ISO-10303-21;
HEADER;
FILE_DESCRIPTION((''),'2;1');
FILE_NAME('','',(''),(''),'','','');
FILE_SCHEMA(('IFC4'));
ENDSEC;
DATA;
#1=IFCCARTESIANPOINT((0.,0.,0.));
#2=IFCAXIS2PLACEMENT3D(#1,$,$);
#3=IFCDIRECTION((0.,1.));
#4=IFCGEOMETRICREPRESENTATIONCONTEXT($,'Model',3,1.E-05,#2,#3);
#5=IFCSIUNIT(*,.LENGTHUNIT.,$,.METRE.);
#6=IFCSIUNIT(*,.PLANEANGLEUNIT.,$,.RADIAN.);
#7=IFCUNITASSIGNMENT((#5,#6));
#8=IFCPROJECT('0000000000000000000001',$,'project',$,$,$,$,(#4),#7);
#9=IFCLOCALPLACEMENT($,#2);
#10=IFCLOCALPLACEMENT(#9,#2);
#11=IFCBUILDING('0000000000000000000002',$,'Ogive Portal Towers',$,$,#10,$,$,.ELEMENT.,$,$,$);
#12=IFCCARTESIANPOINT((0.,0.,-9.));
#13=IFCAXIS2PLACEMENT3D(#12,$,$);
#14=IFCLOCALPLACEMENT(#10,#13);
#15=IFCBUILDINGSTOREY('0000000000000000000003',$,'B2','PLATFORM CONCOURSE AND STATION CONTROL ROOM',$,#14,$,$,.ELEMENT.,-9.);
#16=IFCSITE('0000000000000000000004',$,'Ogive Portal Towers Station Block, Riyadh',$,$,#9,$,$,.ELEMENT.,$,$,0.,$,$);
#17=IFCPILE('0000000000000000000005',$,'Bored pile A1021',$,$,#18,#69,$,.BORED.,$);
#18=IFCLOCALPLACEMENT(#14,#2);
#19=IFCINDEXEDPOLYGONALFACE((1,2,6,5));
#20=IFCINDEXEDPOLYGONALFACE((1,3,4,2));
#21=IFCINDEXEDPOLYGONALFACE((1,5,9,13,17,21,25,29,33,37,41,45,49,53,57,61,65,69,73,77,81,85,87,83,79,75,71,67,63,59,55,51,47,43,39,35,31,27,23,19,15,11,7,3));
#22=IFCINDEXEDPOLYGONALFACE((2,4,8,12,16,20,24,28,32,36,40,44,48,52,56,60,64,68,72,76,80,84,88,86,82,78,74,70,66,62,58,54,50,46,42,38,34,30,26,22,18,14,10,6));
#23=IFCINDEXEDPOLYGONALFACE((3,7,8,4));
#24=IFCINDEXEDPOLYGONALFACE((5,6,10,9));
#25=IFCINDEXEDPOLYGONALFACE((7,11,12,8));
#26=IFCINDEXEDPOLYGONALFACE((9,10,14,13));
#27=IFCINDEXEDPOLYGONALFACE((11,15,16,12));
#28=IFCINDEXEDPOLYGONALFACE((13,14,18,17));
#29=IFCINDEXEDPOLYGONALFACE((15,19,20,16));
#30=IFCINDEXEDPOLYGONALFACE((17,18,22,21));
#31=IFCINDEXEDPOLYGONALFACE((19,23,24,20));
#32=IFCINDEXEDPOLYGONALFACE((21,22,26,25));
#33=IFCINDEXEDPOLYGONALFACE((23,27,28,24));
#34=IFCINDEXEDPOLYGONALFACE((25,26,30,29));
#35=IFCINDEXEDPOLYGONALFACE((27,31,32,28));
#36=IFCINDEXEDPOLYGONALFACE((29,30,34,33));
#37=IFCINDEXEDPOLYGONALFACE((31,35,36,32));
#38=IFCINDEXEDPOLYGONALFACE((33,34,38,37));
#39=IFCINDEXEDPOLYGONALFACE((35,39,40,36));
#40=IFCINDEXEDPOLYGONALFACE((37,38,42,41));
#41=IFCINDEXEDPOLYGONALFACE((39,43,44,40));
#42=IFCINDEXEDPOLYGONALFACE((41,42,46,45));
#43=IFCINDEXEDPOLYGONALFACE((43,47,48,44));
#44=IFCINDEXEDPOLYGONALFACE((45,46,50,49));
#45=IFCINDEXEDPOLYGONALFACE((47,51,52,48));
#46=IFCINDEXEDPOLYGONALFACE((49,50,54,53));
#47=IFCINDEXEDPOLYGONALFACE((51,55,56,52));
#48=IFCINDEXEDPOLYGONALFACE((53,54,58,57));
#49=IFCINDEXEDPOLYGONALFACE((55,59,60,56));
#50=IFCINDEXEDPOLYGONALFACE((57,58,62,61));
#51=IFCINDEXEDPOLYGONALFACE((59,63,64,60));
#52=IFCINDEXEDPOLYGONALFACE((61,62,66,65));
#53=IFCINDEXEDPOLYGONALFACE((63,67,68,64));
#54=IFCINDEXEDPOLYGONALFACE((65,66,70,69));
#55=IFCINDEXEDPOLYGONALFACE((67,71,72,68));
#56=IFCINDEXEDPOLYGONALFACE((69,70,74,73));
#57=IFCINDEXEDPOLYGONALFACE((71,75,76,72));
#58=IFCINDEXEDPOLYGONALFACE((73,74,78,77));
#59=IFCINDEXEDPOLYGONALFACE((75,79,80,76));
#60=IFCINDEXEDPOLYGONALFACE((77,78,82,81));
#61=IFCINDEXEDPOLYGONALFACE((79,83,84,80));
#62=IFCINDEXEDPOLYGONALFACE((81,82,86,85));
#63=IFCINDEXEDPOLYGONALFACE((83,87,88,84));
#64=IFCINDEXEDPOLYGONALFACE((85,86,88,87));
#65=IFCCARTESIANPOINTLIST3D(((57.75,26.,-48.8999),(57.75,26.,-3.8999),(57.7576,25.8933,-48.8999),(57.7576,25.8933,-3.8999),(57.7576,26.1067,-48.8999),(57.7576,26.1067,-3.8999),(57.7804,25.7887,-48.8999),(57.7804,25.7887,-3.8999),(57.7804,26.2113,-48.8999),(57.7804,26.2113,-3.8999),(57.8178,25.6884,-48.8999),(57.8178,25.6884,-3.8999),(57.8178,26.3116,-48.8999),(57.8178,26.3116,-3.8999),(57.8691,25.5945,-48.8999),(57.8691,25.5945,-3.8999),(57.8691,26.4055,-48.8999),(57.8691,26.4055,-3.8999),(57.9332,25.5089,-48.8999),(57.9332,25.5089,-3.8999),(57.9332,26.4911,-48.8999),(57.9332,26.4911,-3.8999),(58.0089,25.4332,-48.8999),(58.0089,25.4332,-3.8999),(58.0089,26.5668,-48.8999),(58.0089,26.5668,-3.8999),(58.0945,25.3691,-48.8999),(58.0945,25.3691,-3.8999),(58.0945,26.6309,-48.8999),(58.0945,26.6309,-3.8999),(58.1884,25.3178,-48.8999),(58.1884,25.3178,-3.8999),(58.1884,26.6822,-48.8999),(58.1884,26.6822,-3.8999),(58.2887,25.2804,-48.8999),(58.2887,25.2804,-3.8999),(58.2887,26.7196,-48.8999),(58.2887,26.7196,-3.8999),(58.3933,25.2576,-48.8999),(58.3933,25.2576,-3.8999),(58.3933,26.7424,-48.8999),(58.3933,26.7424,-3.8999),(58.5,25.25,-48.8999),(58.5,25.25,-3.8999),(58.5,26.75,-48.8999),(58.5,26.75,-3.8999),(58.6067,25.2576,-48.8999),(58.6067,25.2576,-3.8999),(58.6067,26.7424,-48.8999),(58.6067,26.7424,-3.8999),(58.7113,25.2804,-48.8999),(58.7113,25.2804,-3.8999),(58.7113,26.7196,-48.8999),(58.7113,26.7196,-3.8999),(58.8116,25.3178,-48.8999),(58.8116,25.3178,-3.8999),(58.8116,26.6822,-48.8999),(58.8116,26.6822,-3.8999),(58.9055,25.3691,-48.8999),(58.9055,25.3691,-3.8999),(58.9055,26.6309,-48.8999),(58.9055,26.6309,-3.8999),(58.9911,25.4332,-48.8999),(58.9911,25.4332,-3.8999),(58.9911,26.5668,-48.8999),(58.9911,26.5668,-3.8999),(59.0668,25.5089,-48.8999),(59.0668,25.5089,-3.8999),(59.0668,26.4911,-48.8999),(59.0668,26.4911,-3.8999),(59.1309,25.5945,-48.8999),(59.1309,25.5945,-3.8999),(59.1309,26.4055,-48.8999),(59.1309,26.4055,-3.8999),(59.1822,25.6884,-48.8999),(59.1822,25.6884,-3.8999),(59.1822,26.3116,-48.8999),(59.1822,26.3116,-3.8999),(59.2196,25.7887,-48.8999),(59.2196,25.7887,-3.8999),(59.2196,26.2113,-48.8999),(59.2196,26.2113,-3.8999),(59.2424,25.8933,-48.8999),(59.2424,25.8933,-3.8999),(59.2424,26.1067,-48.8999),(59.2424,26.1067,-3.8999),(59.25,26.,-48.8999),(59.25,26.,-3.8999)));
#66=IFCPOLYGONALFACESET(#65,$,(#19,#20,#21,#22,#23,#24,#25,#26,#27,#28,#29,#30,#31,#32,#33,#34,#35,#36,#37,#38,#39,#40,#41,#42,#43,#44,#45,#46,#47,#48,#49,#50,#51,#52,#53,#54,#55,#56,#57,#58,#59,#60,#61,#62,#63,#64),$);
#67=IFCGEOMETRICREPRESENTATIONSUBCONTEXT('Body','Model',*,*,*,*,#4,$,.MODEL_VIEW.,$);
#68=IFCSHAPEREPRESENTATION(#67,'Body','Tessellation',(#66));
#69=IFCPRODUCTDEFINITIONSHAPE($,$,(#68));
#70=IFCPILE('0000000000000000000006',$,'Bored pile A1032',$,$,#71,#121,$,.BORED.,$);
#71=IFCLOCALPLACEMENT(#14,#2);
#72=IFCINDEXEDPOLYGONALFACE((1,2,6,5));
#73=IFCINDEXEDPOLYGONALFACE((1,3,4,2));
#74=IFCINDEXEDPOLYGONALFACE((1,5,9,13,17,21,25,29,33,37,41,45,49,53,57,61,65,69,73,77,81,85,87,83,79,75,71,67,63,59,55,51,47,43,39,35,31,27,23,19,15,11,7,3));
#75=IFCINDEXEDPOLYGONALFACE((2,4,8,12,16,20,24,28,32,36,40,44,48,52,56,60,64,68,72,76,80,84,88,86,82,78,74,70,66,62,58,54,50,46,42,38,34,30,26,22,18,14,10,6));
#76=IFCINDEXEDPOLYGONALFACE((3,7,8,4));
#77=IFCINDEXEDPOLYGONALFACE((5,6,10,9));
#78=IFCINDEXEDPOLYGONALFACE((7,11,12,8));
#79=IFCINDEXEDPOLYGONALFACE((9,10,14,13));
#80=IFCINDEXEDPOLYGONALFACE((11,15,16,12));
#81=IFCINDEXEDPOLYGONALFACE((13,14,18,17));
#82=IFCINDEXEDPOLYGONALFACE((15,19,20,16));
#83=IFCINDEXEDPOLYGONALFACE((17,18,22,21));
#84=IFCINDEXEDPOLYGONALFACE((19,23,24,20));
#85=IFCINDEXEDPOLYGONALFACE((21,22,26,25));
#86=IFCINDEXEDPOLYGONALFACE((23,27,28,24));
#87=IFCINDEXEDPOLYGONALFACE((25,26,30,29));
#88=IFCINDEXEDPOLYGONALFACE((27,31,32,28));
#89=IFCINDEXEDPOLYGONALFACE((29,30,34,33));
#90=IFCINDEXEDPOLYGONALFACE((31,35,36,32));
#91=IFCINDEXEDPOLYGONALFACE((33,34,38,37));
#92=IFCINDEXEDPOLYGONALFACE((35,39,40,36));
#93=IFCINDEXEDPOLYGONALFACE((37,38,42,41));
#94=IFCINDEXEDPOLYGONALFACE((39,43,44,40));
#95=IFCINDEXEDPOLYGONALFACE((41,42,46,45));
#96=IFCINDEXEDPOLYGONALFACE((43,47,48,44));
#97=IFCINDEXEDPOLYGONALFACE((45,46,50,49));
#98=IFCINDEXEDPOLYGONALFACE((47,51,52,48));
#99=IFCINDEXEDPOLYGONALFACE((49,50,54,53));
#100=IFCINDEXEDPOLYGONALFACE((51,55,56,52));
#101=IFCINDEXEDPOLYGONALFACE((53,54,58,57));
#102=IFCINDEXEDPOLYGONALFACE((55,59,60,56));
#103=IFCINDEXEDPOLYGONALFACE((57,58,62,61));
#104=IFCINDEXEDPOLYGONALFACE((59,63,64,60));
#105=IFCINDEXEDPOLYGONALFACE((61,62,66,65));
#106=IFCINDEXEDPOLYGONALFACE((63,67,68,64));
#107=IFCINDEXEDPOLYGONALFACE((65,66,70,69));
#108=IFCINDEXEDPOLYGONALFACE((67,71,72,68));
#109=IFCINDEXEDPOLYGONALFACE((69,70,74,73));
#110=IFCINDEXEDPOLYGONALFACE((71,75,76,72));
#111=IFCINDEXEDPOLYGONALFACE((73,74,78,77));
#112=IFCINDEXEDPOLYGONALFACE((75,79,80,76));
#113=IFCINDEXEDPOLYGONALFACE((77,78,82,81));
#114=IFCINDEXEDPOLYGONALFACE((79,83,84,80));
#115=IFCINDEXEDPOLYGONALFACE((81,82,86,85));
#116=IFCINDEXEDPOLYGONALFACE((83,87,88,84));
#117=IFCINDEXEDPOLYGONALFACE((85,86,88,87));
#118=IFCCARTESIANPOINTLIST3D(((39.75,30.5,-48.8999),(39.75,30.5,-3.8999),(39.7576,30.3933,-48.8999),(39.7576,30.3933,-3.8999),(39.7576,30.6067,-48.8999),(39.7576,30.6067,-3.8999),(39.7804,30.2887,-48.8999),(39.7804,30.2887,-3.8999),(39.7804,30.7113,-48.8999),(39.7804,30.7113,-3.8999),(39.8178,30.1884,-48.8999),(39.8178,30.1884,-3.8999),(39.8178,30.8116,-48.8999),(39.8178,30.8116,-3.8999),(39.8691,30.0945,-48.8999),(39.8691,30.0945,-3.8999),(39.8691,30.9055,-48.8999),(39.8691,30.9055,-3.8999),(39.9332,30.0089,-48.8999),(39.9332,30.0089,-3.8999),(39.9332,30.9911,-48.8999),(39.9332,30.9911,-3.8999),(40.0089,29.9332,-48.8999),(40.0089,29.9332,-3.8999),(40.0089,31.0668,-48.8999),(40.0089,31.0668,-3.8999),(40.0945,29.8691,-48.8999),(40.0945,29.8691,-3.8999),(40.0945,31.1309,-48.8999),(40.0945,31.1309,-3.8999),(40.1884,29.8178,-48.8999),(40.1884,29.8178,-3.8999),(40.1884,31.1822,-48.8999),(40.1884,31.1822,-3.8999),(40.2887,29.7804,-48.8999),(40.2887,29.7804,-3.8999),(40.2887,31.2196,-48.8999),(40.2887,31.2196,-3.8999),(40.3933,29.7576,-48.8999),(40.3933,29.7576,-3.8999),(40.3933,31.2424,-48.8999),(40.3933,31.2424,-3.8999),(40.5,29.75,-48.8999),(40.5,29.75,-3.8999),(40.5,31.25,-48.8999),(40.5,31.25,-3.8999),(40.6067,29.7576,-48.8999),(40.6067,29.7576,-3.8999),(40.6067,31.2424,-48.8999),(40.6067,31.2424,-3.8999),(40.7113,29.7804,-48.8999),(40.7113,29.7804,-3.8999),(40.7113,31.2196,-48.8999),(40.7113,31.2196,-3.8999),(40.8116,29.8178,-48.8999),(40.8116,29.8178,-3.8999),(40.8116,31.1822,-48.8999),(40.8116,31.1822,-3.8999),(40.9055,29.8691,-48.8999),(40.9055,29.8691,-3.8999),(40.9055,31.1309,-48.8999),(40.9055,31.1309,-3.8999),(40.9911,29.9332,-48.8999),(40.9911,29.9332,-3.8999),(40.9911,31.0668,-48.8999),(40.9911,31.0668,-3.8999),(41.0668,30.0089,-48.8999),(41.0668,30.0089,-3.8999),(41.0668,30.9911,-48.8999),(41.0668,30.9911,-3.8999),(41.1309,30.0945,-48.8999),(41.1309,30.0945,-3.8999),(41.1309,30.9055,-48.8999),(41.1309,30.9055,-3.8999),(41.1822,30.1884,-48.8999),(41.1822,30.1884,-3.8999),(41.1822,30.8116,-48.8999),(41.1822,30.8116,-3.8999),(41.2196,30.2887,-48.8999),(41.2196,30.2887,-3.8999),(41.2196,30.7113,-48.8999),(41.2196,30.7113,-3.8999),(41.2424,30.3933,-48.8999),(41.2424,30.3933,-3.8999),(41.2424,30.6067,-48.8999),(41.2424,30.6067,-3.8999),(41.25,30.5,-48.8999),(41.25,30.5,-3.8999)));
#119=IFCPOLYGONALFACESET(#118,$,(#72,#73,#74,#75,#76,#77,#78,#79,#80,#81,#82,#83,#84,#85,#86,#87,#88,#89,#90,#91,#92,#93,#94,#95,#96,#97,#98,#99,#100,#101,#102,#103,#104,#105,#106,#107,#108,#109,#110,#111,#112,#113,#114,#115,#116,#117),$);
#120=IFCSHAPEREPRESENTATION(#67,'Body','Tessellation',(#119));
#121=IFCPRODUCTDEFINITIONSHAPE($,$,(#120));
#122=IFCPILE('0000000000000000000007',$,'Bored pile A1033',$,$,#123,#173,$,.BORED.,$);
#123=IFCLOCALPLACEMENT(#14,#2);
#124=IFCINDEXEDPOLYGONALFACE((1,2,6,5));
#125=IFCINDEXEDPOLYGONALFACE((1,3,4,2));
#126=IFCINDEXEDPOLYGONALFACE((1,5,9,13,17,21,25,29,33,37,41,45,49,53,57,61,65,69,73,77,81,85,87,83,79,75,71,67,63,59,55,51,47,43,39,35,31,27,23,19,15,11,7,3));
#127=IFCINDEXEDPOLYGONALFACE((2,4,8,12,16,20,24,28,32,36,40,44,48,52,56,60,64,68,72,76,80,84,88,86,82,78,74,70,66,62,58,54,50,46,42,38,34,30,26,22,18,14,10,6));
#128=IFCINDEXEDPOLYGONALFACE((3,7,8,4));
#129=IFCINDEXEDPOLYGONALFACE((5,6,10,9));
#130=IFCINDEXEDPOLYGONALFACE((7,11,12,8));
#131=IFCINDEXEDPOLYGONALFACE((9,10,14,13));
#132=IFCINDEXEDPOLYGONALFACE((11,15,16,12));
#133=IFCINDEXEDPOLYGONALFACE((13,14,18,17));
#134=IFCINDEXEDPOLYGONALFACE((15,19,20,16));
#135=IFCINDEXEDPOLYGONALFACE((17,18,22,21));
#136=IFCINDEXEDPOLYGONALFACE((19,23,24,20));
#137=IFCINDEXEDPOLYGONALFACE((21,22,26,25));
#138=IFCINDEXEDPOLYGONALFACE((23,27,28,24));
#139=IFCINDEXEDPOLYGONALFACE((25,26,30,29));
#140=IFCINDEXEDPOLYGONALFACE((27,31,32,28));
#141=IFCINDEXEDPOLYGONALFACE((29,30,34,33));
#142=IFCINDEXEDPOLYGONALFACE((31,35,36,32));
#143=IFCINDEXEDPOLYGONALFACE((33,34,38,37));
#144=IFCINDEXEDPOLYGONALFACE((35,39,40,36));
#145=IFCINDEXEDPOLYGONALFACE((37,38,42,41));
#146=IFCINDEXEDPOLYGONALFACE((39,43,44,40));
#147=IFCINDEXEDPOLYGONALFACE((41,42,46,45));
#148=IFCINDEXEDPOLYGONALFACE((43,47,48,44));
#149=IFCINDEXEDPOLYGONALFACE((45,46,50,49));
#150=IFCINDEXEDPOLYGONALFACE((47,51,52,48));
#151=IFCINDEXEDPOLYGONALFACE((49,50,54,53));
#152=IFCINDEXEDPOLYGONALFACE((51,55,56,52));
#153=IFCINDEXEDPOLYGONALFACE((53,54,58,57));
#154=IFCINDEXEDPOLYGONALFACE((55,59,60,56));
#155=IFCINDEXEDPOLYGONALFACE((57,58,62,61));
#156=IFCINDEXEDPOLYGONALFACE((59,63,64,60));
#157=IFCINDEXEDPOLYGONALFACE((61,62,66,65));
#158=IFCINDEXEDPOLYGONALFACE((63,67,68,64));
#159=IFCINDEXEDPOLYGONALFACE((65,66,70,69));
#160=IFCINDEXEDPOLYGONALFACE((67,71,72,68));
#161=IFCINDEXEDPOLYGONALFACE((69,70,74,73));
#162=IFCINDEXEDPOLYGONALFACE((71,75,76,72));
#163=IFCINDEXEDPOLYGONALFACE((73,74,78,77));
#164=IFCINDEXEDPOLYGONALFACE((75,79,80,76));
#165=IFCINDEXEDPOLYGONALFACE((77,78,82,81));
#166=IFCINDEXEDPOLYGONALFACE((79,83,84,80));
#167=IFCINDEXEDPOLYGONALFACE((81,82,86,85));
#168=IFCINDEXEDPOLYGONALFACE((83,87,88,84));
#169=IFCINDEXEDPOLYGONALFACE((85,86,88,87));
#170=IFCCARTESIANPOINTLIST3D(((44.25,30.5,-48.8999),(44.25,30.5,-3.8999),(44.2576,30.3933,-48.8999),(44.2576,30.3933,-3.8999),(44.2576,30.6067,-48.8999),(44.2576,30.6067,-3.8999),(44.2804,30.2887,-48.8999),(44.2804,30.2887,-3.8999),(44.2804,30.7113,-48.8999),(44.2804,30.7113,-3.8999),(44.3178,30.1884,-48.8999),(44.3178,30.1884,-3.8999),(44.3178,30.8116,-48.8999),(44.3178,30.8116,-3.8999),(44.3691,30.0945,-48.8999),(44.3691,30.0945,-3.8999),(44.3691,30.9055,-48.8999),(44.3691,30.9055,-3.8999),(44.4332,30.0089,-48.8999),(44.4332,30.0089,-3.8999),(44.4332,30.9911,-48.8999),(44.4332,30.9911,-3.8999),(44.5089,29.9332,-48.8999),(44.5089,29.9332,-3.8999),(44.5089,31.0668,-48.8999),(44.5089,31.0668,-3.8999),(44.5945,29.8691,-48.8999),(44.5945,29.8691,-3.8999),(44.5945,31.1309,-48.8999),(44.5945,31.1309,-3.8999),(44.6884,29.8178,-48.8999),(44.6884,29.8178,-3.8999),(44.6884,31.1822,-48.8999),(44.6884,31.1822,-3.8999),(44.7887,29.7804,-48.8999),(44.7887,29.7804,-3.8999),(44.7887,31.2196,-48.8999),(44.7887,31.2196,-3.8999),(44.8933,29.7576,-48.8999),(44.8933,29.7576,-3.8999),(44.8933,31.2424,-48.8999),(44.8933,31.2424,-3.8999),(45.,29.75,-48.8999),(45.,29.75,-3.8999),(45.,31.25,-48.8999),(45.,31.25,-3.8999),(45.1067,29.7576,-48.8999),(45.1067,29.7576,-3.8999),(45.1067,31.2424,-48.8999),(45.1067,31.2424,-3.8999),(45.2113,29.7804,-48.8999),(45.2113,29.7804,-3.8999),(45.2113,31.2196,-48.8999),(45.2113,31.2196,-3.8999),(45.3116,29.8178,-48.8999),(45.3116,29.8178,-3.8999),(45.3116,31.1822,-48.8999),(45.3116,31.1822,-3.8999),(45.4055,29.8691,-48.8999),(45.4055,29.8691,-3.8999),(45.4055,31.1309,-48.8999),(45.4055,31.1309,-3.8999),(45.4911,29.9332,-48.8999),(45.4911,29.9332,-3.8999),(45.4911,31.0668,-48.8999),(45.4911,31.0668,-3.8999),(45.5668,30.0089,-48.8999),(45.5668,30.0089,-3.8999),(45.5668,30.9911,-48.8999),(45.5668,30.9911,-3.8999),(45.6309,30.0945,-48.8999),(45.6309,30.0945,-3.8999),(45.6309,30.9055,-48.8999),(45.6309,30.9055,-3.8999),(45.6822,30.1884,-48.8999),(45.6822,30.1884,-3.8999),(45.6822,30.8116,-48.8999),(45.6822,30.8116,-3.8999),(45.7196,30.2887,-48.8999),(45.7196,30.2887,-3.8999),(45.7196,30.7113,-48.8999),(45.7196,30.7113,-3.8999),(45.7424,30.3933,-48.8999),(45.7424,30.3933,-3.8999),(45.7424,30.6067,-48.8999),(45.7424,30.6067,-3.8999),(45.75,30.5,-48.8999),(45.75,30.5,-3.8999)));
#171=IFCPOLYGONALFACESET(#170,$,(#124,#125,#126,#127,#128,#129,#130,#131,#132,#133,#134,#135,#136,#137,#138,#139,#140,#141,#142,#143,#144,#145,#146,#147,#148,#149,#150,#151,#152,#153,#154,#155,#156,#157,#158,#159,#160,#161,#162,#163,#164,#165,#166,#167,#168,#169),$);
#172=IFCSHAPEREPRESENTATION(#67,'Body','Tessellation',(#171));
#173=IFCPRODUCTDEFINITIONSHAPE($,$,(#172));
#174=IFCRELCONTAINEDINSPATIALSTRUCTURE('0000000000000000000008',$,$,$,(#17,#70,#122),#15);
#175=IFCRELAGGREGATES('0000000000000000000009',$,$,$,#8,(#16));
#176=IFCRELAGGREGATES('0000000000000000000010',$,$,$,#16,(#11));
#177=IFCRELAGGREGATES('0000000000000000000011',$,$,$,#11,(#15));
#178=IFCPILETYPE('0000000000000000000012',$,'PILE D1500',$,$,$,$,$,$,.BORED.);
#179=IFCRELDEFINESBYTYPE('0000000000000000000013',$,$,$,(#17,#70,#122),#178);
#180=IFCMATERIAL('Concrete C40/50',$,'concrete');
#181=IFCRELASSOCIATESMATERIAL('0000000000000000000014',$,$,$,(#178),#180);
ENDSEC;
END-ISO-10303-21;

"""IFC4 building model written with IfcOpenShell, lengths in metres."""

from ifc_helpers import new_model, si_unit, direction, frame, origin, origin_2d, place, context, subcontext, project, spatial, circle, extrude, material, material_profile, profile_set, type_object, element, save


model = new_model("IFC4")

# Units and contexts
model_context = context("Model", 3, precision=1e-05, world=origin(), true_north=direction((0.0, 1.0)))
body_context = subcontext(model_context, "Body", "Model", "MODEL_VIEW")
ifc_project = project(units=[si_unit("LENGTHUNIT", "METRE"), si_unit("PLANEANGLEUNIT", "RADIAN")], contexts=[model_context])

# Site, building, storey
site_placement = place(None, origin())
site = spatial("IfcSite", under=ifc_project, at=site_placement, Name="Ogive Portal Towers Station Block, Riyadh", CompositionType="ELEMENT", RefElevation=0.0)
building_placement = place(site_placement, origin())
building = spatial("IfcBuilding", under=site, at=building_placement, Name="Ogive Portal Towers", CompositionType="ELEMENT")
storey_placement = place(building_placement, frame((0.0, 0.0, -9.0)))
storey = spatial("IfcBuildingStorey", under=building, at=storey_placement, Name="B2", Description="PLATFORM CONCOURSE AND STATION CONTROL ROOM", CompositionType="ELEMENT", Elevation=-9.0)

# Piles
ifc_material_1 = material(Name="Concrete C40/50", Category="concrete")
ifc_material_profile_1 = material_profile(ifc_material_1, circle(Radius=0.75, at=origin_2d()), Name="PILE D1500")
ifc_profile_set_1 = profile_set([ifc_material_profile_1], Name="Concrete C40/50")
pile_type = type_object("IfcPileType", Name="PILE D1500", PredefinedType="BORED", material=ifc_profile_set_1)
for number, where, z_axis, x_axis, name in (
    (1, (58.5, 26.0, -3.8999), (0.0, 0.0, -1.0), (1.0, 0.0, 0.0), "Bored pile A1021"),
    (2, (40.5, 30.5, -3.8999), (0.0, 0.0, -1.0), (1.0, 0.0, 0.0), "Bored pile A1032"),
    (3, (45.0, 30.5, -3.8999), (0.0, 0.0, -1.0), (1.0, 0.0, 0.0), "Bored pile A1033"),
):
    element("IfcPile", number, at=place(storey_placement, frame(where, z_axis=z_axis, x_axis=x_axis)), inside=storey, type_object=pile_type, Name=name, PredefinedType="BORED", context=body_context, shape_type="SweptSolid", body=[
        extrude(circle(Radius=0.75, at=origin_2d()), origin(), (0.0, 0.0, 1.0), 45.0),
    ])

save(model, "model.ifc")
